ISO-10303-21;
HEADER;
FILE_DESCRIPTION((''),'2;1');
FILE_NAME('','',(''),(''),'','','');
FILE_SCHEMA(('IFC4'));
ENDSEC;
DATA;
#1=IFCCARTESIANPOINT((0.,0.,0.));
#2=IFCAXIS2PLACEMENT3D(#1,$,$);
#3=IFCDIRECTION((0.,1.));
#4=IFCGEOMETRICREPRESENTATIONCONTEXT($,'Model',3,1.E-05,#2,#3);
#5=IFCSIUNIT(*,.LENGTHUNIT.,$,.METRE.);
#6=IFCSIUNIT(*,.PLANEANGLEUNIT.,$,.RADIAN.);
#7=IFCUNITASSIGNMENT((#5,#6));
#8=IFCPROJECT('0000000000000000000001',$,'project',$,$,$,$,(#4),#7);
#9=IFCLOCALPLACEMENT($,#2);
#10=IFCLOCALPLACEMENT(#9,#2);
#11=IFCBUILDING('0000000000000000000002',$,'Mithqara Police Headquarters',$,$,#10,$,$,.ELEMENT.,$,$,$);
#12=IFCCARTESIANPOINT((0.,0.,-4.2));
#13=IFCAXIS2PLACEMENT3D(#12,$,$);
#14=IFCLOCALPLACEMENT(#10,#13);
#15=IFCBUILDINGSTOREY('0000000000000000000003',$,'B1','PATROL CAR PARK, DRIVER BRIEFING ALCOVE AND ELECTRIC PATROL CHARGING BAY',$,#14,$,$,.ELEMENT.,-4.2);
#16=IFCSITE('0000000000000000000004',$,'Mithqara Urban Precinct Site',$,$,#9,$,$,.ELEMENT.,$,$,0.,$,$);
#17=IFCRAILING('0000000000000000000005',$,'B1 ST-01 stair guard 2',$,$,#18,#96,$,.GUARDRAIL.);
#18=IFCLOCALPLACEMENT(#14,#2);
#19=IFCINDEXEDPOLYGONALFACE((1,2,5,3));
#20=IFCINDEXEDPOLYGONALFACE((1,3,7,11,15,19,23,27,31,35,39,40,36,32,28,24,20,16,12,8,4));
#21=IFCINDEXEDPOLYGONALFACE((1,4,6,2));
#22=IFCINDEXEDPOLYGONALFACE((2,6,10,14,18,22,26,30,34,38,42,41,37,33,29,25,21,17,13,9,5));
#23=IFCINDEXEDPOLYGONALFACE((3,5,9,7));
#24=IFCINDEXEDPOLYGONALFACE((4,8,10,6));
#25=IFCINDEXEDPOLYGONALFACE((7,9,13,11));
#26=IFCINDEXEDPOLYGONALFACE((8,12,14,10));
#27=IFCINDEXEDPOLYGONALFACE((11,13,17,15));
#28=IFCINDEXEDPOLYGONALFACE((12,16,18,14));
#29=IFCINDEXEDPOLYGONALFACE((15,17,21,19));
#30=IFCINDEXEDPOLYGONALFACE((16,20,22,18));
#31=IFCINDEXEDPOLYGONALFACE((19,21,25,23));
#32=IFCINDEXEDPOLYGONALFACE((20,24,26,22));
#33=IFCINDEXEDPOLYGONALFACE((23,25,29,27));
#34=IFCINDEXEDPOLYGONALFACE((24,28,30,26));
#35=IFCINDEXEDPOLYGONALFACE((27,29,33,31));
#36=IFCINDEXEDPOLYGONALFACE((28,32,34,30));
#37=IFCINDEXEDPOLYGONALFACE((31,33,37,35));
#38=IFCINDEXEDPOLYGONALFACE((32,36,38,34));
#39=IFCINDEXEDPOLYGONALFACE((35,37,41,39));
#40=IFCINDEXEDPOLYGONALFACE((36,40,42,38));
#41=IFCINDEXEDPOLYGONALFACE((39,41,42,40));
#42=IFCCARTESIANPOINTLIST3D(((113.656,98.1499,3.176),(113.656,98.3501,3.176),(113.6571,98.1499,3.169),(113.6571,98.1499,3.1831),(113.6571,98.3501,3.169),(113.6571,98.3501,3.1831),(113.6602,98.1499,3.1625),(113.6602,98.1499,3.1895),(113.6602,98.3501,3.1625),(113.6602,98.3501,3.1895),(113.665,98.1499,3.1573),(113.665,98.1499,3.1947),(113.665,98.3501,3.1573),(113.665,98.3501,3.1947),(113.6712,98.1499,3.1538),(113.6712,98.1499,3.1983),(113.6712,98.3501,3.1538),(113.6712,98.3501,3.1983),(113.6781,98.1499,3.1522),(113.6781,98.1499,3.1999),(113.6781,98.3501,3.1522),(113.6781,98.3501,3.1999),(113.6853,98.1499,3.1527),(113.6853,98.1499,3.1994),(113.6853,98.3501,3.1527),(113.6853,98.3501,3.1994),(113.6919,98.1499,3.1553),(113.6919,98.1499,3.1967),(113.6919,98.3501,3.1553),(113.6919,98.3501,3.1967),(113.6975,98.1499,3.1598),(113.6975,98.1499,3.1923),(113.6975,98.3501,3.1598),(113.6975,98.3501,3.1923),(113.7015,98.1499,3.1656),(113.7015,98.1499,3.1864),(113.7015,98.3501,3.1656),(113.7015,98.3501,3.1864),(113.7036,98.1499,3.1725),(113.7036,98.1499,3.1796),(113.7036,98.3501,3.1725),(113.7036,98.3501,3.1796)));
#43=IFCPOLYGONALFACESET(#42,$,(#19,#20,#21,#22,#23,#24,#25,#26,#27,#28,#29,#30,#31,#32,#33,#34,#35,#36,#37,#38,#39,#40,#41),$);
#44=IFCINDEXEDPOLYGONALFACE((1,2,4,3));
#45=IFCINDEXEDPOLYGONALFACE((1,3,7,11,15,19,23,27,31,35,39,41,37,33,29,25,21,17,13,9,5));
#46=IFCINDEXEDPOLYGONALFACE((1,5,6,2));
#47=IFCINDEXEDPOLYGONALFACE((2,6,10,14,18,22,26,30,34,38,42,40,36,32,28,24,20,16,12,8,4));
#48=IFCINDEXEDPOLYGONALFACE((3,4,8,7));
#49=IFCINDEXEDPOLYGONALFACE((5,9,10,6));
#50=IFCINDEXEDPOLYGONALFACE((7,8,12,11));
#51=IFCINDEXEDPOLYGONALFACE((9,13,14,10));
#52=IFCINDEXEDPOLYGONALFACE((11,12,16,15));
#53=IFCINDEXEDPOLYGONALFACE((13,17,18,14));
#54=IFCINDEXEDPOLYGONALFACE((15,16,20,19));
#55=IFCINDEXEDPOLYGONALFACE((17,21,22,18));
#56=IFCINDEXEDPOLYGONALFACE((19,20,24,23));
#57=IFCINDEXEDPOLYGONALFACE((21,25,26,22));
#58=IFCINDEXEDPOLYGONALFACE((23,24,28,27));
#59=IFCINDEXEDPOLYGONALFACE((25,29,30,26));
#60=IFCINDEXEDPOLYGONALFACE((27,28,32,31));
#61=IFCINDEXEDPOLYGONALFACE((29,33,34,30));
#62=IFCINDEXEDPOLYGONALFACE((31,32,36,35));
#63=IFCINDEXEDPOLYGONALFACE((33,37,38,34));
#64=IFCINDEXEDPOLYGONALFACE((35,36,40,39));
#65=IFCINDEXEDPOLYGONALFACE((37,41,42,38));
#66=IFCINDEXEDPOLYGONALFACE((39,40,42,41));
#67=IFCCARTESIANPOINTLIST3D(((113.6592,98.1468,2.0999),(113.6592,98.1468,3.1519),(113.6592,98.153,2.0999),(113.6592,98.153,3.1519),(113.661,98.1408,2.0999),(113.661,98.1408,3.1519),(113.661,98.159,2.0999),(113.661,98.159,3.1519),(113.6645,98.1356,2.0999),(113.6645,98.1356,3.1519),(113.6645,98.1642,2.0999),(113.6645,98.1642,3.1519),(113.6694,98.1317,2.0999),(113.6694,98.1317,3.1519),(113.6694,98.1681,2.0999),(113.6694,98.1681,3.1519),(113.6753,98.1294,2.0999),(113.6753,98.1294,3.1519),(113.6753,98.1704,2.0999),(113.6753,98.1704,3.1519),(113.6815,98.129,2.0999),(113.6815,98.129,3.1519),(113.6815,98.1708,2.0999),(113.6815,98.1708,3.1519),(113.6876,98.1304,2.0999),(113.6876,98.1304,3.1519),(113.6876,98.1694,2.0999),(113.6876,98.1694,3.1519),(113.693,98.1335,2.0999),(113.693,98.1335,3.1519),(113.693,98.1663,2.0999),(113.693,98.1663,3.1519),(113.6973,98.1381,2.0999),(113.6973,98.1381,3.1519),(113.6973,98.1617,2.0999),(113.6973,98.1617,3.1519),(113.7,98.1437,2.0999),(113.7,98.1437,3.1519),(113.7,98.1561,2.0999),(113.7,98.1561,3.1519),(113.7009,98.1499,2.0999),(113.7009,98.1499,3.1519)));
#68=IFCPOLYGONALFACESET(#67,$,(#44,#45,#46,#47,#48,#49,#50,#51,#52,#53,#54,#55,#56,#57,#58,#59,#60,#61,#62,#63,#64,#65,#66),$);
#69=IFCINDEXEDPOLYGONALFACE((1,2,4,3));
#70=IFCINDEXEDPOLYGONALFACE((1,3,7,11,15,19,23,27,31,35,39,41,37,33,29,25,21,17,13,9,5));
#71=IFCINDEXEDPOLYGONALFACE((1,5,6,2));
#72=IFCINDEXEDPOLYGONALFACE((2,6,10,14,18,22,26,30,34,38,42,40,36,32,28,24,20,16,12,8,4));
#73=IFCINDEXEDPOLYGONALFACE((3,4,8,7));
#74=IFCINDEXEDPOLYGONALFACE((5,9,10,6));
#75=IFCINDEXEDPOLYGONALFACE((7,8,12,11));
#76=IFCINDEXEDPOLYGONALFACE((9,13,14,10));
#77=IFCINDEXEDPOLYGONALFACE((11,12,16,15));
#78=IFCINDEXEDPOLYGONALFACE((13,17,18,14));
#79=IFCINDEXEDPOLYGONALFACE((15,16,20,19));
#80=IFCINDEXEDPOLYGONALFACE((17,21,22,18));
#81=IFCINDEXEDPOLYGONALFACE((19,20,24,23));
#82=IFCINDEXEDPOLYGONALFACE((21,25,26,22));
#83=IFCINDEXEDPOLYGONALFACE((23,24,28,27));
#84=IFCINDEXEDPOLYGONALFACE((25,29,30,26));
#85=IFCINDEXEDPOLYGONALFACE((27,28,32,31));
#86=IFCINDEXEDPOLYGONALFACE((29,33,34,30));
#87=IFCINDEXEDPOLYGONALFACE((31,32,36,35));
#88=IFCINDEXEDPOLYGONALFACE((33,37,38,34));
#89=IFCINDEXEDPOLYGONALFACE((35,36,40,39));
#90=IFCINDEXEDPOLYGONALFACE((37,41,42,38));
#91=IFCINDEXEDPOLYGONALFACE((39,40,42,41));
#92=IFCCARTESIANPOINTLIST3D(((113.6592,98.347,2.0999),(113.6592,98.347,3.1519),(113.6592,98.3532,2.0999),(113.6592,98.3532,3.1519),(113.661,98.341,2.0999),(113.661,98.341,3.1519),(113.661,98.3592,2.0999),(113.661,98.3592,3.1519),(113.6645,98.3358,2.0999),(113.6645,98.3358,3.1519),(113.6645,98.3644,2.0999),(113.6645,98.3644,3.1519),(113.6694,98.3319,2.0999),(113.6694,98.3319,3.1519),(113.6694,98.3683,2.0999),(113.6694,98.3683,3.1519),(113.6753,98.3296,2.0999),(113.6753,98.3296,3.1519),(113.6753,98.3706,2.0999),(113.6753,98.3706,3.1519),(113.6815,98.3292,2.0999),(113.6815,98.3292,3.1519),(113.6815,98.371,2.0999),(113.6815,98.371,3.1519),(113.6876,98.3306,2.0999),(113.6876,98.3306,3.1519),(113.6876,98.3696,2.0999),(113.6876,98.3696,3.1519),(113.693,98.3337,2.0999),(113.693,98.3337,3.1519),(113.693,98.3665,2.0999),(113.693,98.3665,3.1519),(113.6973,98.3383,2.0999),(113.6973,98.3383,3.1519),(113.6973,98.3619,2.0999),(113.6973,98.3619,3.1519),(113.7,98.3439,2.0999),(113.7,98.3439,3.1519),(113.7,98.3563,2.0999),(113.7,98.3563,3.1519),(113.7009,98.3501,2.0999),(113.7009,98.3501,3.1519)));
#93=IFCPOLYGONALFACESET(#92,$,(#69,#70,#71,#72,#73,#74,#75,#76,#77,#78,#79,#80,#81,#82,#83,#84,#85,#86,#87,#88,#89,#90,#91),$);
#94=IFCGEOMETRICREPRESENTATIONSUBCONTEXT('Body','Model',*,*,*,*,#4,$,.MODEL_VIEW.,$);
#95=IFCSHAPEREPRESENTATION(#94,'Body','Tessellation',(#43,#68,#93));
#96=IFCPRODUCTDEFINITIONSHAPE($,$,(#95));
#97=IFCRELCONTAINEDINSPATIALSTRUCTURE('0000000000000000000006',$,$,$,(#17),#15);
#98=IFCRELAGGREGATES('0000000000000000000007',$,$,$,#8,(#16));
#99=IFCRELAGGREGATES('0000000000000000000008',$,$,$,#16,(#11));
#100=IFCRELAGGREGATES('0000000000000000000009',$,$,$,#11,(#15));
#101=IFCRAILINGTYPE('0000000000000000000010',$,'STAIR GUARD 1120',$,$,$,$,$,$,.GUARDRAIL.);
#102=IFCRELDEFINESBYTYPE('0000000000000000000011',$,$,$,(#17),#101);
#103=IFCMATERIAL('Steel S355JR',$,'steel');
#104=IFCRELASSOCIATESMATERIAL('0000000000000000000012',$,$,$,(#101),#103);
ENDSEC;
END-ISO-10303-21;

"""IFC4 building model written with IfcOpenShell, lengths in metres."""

from ifc_helpers import new_model, si_unit, direction, frame, origin, origin_2d, place, context, subcontext, project, spatial, circle, extrude, material, type_object, element, save


model = new_model("IFC4")

# Units and contexts
model_context = context("Model", 3, precision=1e-05, world=origin(), true_north=direction((0.0, 1.0)))
body_context = subcontext(model_context, "Body", "Model", "MODEL_VIEW")
ifc_project = project(units=[si_unit("LENGTHUNIT", "METRE"), si_unit("PLANEANGLEUNIT", "RADIAN")], contexts=[model_context])

# Site, building, storey
site_placement = place(None, origin())
site = spatial("IfcSite", under=ifc_project, at=site_placement, Name="Mithqara Urban Precinct Site", CompositionType="ELEMENT", RefElevation=0.0)
building_placement = place(site_placement, origin())
building = spatial("IfcBuilding", under=site, at=building_placement, Name="Mithqara Police Headquarters", CompositionType="ELEMENT")
storey_placement = place(building_placement, frame((0.0, 0.0, -4.2)))
storey = spatial("IfcBuildingStorey", under=building, at=storey_placement, Name="B1", Description="PATROL CAR PARK, DRIVER BRIEFING ALCOVE AND ELECTRIC PATROL CHARGING BAY", CompositionType="ELEMENT", Elevation=-4.2)

# Shared definitions
ifc_material_1 = material(Name="Steel S355JR", Category="steel")

# Railing
railing_type_1 = type_object("IfcRailingType", Name="STAIR GUARD 1120", PredefinedType="GUARDRAIL", material=ifc_material_1)
railing_1_placement = place(storey_placement, frame((113.6799, 98.1499, 2.0999)))
element("IfcRailing", 1, at=railing_1_placement, inside=storey, type_object=railing_type_1, Name="B1 ST-01 stair guard 2", PredefinedType="GUARDRAIL", context=body_context, shape_type="SweptSolid", body=[
    extrude(circle(Radius=0.0239, at=origin_2d()), frame((0.0, 0.0, 1.0762), z_axis=(0.0, 1.0, 0.0), x_axis=(-1.0, 0.0, 0.0)), (0.0, 0.0, 1.0), 0.2002),
    extrude(circle(Radius=0.021, at=origin_2d()), origin(), (0.0, 0.0, 1.0), 1.052),
    extrude(circle(Radius=0.021, at=origin_2d()), frame((0.0, 0.2002, 0.0)), (0.0, 0.0, 1.0), 1.052),
])

save(model, "model.ifc")
